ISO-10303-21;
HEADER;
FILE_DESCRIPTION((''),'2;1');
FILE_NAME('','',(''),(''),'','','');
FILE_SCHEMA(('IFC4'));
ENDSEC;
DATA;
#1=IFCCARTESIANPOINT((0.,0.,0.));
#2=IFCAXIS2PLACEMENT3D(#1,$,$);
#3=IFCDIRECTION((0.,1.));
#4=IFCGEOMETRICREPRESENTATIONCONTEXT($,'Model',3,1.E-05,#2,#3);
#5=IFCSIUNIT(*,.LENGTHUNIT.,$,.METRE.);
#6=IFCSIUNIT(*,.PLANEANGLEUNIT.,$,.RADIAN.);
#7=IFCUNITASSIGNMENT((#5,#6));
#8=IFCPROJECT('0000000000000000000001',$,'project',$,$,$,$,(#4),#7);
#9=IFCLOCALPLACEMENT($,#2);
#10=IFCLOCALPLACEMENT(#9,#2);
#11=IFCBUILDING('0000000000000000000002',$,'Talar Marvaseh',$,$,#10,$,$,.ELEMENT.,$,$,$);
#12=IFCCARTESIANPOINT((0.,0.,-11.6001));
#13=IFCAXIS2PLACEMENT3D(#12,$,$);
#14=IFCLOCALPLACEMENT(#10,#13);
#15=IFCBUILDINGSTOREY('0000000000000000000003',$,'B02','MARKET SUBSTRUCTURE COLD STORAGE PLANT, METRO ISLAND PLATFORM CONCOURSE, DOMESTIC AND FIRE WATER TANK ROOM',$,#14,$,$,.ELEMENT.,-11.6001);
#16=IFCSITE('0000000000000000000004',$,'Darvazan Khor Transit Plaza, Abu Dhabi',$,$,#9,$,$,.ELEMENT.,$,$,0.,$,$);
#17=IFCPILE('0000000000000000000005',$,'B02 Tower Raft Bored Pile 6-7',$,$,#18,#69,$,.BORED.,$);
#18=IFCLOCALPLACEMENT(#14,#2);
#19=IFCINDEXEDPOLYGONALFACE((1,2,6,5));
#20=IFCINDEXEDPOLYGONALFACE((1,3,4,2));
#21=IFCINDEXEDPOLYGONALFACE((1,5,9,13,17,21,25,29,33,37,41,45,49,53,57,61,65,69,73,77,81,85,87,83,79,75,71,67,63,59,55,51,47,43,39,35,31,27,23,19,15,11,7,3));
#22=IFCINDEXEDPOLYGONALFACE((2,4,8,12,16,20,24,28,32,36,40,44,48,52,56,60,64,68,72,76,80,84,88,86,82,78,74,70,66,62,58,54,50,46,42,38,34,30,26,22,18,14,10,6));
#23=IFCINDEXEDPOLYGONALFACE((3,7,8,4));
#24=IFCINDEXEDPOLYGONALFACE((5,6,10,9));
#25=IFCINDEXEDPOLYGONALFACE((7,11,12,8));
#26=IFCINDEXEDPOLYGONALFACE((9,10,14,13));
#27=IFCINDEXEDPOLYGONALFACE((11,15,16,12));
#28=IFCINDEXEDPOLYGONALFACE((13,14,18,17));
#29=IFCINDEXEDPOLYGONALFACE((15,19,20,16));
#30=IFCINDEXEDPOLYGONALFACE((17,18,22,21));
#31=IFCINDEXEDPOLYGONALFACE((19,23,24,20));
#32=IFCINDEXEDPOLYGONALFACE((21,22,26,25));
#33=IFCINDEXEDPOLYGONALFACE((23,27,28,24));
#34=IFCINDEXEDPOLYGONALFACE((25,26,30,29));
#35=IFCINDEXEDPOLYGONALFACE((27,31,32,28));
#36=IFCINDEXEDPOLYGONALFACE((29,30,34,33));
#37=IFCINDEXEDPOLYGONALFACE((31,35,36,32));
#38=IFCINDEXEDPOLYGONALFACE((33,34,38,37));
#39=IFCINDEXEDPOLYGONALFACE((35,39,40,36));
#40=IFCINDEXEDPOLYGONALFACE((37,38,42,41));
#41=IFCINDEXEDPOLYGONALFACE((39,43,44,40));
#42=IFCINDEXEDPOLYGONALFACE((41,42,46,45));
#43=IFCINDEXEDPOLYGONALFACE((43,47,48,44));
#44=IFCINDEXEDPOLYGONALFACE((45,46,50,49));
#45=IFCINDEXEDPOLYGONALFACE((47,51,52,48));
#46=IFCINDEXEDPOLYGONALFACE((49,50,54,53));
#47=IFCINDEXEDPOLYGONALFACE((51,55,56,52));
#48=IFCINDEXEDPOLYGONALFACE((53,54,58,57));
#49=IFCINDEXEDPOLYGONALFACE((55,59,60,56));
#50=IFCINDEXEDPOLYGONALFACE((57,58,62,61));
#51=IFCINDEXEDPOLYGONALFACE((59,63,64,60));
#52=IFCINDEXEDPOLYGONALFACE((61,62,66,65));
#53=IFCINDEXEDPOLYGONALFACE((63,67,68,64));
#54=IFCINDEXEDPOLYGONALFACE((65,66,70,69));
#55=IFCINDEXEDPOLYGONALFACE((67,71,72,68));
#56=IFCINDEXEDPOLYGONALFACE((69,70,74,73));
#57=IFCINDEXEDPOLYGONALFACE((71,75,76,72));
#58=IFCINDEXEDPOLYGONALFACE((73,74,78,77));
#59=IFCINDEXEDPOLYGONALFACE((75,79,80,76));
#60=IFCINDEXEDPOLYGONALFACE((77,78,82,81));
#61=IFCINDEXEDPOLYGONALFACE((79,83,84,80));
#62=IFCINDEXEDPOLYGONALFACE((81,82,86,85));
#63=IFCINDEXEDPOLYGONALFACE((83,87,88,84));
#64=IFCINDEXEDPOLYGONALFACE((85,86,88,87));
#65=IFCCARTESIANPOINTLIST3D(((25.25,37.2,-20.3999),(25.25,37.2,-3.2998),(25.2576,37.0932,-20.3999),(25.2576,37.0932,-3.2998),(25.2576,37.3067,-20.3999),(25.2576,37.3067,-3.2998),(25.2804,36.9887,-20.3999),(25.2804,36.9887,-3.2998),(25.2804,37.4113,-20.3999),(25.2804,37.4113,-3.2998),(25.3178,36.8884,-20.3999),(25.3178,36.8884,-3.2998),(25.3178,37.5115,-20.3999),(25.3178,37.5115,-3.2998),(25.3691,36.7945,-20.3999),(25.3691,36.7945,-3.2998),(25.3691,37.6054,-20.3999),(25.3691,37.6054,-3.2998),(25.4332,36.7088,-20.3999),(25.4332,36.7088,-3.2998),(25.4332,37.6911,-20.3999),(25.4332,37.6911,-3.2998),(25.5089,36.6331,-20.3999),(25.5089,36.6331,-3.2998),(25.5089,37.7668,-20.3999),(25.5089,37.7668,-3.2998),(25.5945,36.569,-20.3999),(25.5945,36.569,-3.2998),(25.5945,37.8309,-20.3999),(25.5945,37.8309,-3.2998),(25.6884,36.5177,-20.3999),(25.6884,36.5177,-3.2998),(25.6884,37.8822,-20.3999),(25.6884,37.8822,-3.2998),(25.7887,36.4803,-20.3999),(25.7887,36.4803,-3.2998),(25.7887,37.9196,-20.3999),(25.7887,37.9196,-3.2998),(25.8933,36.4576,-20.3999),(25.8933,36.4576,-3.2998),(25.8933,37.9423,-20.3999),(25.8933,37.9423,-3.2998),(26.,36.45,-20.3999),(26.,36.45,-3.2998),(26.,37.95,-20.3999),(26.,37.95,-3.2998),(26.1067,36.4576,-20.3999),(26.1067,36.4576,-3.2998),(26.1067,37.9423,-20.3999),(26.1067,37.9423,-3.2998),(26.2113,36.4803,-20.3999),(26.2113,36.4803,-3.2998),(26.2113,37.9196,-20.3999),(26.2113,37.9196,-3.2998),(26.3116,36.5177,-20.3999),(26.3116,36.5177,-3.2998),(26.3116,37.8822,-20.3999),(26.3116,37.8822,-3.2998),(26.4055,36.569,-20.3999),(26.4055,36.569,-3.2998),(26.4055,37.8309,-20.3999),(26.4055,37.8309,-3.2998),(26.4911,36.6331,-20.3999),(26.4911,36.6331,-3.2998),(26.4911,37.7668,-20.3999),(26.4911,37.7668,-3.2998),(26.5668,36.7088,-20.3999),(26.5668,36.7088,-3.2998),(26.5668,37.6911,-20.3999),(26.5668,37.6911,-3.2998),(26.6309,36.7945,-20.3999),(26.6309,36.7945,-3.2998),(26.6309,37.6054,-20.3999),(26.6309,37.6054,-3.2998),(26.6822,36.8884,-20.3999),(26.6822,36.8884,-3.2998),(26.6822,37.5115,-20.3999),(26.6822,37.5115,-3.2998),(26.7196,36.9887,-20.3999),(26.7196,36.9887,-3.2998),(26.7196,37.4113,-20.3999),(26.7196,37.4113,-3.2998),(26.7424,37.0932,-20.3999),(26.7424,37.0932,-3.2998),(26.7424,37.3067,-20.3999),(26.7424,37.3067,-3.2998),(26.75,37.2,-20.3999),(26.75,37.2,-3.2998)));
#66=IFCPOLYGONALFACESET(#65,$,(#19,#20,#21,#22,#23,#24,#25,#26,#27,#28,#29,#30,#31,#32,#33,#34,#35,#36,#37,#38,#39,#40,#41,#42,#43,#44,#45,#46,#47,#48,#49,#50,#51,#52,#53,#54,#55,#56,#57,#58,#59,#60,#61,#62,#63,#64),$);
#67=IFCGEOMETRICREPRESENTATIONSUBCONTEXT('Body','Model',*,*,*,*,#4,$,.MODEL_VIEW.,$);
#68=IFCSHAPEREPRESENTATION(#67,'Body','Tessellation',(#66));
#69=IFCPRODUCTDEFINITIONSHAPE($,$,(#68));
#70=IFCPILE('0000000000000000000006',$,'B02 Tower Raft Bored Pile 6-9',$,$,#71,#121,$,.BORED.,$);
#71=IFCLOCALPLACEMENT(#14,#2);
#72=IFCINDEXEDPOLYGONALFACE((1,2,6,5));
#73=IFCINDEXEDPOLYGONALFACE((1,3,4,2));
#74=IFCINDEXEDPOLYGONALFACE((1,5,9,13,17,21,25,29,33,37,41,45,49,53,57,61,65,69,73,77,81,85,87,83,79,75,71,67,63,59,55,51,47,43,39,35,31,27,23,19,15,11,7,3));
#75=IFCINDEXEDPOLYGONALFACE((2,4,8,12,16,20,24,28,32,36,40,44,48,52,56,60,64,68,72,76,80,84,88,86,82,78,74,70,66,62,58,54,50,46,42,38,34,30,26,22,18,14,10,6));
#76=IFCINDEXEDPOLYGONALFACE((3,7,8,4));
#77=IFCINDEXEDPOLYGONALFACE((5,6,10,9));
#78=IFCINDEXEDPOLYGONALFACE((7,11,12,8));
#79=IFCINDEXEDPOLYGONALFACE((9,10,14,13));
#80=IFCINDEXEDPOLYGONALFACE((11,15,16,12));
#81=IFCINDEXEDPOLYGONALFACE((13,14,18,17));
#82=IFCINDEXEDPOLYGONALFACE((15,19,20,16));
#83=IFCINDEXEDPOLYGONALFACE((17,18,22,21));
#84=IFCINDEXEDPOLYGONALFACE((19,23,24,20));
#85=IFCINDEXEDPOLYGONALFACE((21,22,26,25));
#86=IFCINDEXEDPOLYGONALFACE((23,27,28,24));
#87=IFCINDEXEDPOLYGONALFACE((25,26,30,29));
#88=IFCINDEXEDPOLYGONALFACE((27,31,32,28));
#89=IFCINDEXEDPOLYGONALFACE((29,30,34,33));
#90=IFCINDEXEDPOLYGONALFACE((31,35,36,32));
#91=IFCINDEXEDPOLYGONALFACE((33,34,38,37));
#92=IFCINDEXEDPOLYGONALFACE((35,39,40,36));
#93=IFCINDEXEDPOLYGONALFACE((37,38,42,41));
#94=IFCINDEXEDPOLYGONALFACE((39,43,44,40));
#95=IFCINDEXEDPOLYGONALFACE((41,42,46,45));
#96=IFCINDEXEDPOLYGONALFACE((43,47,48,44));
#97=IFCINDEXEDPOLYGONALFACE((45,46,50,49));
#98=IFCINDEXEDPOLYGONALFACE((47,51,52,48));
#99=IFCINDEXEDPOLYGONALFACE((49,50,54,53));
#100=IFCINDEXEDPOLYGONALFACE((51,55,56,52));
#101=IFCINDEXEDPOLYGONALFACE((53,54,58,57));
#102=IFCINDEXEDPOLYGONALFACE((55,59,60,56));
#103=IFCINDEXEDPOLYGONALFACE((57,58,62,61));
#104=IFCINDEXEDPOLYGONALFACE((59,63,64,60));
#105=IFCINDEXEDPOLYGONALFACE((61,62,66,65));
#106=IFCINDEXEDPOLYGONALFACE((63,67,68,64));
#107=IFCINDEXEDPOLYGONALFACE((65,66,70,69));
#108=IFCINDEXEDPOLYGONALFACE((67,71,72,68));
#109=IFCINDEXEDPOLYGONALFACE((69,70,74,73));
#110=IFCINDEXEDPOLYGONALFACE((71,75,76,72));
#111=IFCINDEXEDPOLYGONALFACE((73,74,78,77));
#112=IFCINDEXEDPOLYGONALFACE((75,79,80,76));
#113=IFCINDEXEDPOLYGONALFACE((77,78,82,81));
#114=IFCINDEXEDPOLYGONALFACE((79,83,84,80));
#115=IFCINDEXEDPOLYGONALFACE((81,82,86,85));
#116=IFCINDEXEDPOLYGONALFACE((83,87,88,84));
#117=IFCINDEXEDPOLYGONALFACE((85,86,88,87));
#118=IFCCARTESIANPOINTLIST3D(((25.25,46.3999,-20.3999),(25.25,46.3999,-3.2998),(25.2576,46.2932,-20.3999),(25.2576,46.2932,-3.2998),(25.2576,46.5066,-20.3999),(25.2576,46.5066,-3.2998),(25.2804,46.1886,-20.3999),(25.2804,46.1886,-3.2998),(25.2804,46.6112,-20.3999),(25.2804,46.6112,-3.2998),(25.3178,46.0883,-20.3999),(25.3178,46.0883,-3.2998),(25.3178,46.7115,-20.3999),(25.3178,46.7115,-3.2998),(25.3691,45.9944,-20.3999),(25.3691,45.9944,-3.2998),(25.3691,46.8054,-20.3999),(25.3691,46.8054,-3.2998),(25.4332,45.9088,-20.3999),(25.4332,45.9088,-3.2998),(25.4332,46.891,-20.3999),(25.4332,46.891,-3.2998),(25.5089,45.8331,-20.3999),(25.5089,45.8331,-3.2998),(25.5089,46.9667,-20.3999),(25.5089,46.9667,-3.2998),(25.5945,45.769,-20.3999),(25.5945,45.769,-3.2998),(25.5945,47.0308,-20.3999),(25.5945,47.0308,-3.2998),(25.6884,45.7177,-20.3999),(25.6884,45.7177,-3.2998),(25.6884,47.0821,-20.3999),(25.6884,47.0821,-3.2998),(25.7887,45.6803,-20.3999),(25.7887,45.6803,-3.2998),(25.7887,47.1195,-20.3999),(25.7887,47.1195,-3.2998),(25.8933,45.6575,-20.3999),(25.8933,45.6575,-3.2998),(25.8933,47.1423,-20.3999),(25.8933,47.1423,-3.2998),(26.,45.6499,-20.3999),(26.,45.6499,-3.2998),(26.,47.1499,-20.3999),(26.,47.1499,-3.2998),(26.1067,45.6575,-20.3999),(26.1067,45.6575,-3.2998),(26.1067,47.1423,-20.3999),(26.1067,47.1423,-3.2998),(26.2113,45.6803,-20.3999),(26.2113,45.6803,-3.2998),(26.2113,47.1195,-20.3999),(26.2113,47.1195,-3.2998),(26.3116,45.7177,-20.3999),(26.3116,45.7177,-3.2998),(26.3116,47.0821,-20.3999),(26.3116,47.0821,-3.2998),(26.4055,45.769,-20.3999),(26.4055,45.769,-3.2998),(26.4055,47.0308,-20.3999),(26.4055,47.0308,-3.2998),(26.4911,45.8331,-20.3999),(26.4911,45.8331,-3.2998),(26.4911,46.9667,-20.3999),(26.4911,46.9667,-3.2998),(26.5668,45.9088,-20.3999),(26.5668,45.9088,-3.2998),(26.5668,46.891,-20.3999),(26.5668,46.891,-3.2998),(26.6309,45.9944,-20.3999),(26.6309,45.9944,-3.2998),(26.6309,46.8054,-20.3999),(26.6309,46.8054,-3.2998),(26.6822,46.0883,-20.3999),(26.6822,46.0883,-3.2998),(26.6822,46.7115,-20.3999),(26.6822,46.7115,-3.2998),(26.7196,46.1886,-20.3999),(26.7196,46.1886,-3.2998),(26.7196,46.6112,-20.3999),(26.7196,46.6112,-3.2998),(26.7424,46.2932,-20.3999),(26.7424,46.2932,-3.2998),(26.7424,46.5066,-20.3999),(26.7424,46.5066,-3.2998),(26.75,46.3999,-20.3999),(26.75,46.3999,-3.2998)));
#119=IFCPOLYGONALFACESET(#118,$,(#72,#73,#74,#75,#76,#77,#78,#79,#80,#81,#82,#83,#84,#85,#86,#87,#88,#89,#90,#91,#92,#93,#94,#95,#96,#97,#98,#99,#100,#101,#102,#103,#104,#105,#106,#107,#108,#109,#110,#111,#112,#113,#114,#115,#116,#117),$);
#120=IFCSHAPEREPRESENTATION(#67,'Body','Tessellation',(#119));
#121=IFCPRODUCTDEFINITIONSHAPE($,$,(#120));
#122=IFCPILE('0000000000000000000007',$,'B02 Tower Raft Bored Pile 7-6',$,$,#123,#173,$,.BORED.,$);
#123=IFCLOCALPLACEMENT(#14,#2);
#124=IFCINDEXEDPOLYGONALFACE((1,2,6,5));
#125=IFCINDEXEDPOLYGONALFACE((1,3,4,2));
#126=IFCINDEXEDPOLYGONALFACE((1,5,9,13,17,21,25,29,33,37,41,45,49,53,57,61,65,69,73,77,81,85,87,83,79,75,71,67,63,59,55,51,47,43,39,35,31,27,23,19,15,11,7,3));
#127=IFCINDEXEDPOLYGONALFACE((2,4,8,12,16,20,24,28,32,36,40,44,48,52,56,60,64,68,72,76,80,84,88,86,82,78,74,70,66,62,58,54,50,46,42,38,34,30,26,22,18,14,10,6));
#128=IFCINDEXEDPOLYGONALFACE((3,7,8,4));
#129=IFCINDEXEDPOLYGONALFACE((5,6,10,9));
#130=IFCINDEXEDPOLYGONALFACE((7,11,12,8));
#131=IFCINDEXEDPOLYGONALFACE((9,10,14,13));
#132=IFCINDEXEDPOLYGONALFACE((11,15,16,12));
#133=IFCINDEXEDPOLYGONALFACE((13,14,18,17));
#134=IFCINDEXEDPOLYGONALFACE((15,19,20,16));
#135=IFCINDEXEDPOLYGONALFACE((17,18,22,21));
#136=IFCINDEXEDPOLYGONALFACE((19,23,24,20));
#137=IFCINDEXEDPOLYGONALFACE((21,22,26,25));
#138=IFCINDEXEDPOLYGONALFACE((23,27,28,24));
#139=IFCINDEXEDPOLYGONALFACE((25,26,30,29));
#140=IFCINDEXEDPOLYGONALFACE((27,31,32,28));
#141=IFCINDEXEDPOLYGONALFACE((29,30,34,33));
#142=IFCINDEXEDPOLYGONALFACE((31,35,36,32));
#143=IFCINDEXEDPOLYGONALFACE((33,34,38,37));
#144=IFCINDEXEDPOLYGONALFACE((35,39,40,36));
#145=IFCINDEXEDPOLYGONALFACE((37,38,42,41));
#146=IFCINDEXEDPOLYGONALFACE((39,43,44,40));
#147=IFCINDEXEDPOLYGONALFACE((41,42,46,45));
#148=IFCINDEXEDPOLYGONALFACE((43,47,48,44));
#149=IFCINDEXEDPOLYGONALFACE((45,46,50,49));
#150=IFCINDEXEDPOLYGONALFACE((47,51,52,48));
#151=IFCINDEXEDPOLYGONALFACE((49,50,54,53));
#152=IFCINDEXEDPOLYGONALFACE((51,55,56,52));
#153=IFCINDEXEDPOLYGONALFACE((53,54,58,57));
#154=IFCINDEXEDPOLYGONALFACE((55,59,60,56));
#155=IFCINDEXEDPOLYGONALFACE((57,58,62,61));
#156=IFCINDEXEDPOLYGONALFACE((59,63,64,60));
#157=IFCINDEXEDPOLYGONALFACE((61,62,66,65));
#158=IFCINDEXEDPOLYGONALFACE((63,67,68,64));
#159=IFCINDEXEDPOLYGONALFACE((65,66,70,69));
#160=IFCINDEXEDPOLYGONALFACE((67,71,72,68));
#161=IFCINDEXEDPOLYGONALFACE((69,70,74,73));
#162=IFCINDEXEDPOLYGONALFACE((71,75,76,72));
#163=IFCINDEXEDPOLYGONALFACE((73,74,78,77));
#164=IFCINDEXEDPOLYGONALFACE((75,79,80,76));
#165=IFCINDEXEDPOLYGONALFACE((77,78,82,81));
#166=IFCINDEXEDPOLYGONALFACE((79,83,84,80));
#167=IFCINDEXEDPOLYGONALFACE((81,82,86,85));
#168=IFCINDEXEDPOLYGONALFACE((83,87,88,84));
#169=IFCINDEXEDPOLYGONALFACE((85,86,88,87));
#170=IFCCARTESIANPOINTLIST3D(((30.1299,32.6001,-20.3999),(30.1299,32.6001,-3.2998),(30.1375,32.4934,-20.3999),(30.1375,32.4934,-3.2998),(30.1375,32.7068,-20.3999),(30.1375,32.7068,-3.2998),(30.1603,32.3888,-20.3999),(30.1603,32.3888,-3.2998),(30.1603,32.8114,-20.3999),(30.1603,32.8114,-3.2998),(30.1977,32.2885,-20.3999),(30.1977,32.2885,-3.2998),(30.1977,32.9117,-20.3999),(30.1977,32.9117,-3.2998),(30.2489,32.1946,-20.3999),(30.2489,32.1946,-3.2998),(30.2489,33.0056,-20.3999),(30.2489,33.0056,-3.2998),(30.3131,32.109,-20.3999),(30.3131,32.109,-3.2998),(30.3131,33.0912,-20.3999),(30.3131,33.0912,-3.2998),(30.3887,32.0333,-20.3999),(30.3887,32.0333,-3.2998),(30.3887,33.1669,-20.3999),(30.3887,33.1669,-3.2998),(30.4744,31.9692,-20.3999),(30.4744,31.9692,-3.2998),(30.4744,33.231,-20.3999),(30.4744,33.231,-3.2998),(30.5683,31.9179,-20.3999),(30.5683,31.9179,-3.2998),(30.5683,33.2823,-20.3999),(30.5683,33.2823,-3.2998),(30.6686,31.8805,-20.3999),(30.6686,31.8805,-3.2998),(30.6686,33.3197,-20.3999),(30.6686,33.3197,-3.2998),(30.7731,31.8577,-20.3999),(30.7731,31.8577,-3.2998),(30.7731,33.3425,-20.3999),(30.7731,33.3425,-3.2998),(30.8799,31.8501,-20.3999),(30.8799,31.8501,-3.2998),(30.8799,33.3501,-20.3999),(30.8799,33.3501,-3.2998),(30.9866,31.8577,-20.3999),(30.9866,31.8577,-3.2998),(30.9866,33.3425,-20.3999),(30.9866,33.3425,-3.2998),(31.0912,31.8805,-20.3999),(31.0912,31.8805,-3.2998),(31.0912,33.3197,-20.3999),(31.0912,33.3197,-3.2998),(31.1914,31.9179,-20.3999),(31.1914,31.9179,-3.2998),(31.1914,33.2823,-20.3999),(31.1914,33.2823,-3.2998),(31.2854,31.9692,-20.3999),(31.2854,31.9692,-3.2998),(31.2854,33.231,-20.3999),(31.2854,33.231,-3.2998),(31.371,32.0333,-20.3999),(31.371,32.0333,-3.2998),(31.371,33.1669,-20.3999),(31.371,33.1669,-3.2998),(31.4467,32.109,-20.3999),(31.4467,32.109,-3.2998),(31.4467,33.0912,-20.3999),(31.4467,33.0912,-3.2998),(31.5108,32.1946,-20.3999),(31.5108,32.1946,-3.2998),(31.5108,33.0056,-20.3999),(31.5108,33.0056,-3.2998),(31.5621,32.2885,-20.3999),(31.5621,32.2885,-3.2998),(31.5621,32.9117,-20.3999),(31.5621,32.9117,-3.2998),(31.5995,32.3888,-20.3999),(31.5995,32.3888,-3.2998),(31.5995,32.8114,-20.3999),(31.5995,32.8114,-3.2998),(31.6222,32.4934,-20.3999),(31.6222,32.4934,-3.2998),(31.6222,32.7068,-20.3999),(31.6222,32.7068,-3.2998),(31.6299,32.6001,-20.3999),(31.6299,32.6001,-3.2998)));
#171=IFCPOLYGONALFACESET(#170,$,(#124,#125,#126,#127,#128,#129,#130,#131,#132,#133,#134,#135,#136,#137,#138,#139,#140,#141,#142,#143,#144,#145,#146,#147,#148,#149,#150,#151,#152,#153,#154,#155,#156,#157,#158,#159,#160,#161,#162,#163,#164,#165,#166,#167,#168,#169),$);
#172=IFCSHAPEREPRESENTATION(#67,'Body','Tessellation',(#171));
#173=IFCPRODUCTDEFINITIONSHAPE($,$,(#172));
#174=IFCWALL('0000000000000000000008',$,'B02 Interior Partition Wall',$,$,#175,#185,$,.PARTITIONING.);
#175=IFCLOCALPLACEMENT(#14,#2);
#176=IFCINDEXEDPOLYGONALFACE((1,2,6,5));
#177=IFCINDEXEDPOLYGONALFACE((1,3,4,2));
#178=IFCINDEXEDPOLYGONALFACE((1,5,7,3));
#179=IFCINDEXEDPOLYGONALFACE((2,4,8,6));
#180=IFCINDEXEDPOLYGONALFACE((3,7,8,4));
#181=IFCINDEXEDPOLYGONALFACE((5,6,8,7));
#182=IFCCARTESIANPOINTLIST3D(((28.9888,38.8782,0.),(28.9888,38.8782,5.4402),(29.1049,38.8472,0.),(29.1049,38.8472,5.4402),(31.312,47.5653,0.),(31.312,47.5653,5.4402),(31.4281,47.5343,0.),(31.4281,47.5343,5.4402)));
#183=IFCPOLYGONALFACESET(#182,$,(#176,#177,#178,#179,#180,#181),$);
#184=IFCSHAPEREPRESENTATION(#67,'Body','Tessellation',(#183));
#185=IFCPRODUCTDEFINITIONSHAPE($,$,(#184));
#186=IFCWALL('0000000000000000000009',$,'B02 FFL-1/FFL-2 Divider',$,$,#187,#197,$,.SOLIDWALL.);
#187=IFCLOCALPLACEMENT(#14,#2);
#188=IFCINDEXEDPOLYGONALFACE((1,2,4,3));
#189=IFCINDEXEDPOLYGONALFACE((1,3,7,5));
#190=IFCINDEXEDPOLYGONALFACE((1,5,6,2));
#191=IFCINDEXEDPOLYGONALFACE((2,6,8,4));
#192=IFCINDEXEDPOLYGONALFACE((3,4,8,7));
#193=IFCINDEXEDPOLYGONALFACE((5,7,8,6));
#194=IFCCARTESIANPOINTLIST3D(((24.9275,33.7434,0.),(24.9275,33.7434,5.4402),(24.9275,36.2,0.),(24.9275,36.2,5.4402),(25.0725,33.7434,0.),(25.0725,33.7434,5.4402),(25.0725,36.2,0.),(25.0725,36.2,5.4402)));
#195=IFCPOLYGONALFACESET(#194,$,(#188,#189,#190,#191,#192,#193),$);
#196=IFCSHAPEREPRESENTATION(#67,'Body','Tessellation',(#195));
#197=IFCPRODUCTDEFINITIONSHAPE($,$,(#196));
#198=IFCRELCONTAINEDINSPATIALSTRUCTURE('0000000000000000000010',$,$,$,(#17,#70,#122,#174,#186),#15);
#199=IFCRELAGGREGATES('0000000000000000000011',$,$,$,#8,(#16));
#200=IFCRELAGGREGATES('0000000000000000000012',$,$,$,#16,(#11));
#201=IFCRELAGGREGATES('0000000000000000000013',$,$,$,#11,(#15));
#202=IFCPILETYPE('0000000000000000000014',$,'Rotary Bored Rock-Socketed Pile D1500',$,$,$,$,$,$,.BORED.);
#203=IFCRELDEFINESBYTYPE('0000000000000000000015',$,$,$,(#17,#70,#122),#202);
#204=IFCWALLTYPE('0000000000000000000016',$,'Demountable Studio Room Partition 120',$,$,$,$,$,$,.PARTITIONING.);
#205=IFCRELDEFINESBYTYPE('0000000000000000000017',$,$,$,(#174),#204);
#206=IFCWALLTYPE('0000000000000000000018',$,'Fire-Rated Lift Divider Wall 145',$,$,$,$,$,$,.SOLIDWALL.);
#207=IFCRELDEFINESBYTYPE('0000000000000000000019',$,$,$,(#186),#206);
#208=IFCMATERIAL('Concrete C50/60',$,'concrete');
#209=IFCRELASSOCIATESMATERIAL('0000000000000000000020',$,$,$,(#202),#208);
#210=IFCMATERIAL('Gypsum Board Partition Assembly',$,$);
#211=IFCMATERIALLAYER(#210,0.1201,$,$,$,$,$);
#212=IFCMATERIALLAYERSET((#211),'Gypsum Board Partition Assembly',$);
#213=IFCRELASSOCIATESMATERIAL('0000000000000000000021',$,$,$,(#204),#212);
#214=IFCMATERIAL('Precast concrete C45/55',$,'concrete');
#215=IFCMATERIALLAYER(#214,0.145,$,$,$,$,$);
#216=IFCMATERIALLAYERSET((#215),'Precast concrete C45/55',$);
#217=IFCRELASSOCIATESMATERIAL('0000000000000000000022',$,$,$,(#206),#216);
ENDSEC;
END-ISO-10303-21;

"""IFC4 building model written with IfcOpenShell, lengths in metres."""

from ifc_helpers import new_model, si_unit, direction, frame, frame_2d, origin, origin_2d, place, context, subcontext, project, spatial, rectangle, circle, extrude, source, transform, mapped, material, layer, layer_set, material_profile, profile_set, type_object, type_shapes, element, save


model = new_model("IFC4")

# Units and contexts
model_context = context("Model", 3, precision=1e-05, world=origin(), true_north=direction((0.0, 1.0)))
body_context = subcontext(model_context, "Body", "Model", "MODEL_VIEW")
ifc_project = project(units=[si_unit("LENGTHUNIT", "METRE"), si_unit("PLANEANGLEUNIT", "RADIAN")], contexts=[model_context])

# Site, building, storey
site_placement = place(None, origin())
site = spatial("IfcSite", under=ifc_project, at=site_placement, Name="Darvazan Khor Transit Plaza, Abu Dhabi", CompositionType="ELEMENT", RefElevation=0.0)
building_placement = place(site_placement, origin())
building = spatial("IfcBuilding", under=site, at=building_placement, Name="Talar Marvaseh", CompositionType="ELEMENT")
storey_placement = place(building_placement, frame((0.0, 0.0, -11.6001)))
storey = spatial("IfcBuildingStorey", under=building, at=storey_placement, Name="B02", Description="MARKET SUBSTRUCTURE COLD STORAGE PLANT, METRO ISLAND PLATFORM CONCOURSE, DOMESTIC AND FIRE WATER TANK ROOM", CompositionType="ELEMENT", Elevation=-11.6001)

# Piles
ifc_material_1 = material(Name="Concrete C50/60", Category="concrete")
ifc_material_profile_1 = material_profile(ifc_material_1, circle(Radius=0.75, at=origin_2d()), Name="PILE-D1500")
ifc_profile_set_1 = profile_set([ifc_material_profile_1], Name="Concrete C50/60")
pile_type_1 = type_object("IfcPileType", Name="Rotary Bored Rock-Socketed Pile D1500", PredefinedType="BORED", material=ifc_profile_set_1)
shared_shape_1 = source(origin(), body_context, "Body", "SweptSolid", [
    extrude(circle(Radius=0.75, at=origin_2d()), origin(), (0.0, 0.0, 1.0), 17.1001),
])
type_shapes(pile_type_1, [shared_shape_1])
for number, where, z_axis, x_axis, name in (
    (1, (26.0, 37.2, -3.2998), (0.0, 0.0, -1.0), (1.0, 0.0, 0.0), "B02 Tower Raft Bored Pile 6-7"),
    (2, (26.0, 46.3999, -3.2998), (0.0, 0.0, -1.0), (1.0, 0.0, 0.0), "B02 Tower Raft Bored Pile 6-9"),
    (3, (30.8799, 32.6001, -3.2998), (0.0, 0.0, -1.0), (1.0, 0.0, 0.0), "B02 Tower Raft Bored Pile 7-6"),
):
    element("IfcPile", number, at=place(storey_placement, frame(where, z_axis=z_axis, x_axis=x_axis)), inside=storey, type_object=pile_type_1, Name=name, PredefinedType="BORED", context=body_context, shape_type="MappedRepresentation", body=[
        mapped(shared_shape_1, transform((0.0, 0.0, 0.0), x_axis=(1.0, 0.0, 0.0), y_axis=(0.0, 1.0, 0.0), z_axis=(0.0, 0.0, 1.0), scale=1.0)),
    ])

# Walls
ifc_material_2 = material(Name="Gypsum Board Partition Assembly")
ifc_layer_1 = layer(ifc_material_2, 0.1201)
ifc_layer_set_1 = layer_set([ifc_layer_1], Name="Gypsum Board Partition Assembly")
wall_type_1 = type_object("IfcWallType", Name="Demountable Studio Room Partition 120", PredefinedType="PARTITIONING", material=ifc_layer_set_1)
wall_1_placement = place(storey_placement, frame((29.0469, 38.8628, 0.0), z_axis=(0.0, 0.0, 1.0), x_axis=(0.258352, 0.966051, 0.0)))
element("IfcWall", 4, at=wall_1_placement, inside=storey, type_object=wall_type_1, Name="B02 Interior Partition Wall", PredefinedType="PARTITIONING", context=body_context, shape_type="SweptSolid", body=[
    extrude(rectangle(XDim=8.9924, YDim=0.1201, at=frame_2d((4.4961, 0.0))), origin(), (0.0, 0.0, 1.0), 5.4402),
])
ifc_material_3 = material(Name="Precast concrete C45/55", Category="concrete")
ifc_layer_2 = layer(ifc_material_3, 0.145)
ifc_layer_set_2 = layer_set([ifc_layer_2], Name="Precast concrete C45/55")
wall_type_2 = type_object("IfcWallType", Name="Fire-Rated Lift Divider Wall 145", PredefinedType="SOLIDWALL", material=ifc_layer_set_2)
for number, where, z_axis, x_axis, name in (
    (5, (25.0, 33.7434, 0.0), (0.0, 0.0, 1.0), (0.0, 1.0, 0.0), "B02 FFL-1/FFL-2 Divider"),
):
    element("IfcWall", number, at=place(storey_placement, frame(where, z_axis=z_axis, x_axis=x_axis)), inside=storey, type_object=wall_type_2, Name=name, PredefinedType="SOLIDWALL", context=body_context, shape_type="SweptSolid", body=[
        extrude(rectangle(XDim=2.4565, YDim=0.145, at=frame_2d((1.2283, 0.0))), origin(), (0.0, 0.0, 1.0), 5.4402),
    ])

save(model, "model.ifc")
